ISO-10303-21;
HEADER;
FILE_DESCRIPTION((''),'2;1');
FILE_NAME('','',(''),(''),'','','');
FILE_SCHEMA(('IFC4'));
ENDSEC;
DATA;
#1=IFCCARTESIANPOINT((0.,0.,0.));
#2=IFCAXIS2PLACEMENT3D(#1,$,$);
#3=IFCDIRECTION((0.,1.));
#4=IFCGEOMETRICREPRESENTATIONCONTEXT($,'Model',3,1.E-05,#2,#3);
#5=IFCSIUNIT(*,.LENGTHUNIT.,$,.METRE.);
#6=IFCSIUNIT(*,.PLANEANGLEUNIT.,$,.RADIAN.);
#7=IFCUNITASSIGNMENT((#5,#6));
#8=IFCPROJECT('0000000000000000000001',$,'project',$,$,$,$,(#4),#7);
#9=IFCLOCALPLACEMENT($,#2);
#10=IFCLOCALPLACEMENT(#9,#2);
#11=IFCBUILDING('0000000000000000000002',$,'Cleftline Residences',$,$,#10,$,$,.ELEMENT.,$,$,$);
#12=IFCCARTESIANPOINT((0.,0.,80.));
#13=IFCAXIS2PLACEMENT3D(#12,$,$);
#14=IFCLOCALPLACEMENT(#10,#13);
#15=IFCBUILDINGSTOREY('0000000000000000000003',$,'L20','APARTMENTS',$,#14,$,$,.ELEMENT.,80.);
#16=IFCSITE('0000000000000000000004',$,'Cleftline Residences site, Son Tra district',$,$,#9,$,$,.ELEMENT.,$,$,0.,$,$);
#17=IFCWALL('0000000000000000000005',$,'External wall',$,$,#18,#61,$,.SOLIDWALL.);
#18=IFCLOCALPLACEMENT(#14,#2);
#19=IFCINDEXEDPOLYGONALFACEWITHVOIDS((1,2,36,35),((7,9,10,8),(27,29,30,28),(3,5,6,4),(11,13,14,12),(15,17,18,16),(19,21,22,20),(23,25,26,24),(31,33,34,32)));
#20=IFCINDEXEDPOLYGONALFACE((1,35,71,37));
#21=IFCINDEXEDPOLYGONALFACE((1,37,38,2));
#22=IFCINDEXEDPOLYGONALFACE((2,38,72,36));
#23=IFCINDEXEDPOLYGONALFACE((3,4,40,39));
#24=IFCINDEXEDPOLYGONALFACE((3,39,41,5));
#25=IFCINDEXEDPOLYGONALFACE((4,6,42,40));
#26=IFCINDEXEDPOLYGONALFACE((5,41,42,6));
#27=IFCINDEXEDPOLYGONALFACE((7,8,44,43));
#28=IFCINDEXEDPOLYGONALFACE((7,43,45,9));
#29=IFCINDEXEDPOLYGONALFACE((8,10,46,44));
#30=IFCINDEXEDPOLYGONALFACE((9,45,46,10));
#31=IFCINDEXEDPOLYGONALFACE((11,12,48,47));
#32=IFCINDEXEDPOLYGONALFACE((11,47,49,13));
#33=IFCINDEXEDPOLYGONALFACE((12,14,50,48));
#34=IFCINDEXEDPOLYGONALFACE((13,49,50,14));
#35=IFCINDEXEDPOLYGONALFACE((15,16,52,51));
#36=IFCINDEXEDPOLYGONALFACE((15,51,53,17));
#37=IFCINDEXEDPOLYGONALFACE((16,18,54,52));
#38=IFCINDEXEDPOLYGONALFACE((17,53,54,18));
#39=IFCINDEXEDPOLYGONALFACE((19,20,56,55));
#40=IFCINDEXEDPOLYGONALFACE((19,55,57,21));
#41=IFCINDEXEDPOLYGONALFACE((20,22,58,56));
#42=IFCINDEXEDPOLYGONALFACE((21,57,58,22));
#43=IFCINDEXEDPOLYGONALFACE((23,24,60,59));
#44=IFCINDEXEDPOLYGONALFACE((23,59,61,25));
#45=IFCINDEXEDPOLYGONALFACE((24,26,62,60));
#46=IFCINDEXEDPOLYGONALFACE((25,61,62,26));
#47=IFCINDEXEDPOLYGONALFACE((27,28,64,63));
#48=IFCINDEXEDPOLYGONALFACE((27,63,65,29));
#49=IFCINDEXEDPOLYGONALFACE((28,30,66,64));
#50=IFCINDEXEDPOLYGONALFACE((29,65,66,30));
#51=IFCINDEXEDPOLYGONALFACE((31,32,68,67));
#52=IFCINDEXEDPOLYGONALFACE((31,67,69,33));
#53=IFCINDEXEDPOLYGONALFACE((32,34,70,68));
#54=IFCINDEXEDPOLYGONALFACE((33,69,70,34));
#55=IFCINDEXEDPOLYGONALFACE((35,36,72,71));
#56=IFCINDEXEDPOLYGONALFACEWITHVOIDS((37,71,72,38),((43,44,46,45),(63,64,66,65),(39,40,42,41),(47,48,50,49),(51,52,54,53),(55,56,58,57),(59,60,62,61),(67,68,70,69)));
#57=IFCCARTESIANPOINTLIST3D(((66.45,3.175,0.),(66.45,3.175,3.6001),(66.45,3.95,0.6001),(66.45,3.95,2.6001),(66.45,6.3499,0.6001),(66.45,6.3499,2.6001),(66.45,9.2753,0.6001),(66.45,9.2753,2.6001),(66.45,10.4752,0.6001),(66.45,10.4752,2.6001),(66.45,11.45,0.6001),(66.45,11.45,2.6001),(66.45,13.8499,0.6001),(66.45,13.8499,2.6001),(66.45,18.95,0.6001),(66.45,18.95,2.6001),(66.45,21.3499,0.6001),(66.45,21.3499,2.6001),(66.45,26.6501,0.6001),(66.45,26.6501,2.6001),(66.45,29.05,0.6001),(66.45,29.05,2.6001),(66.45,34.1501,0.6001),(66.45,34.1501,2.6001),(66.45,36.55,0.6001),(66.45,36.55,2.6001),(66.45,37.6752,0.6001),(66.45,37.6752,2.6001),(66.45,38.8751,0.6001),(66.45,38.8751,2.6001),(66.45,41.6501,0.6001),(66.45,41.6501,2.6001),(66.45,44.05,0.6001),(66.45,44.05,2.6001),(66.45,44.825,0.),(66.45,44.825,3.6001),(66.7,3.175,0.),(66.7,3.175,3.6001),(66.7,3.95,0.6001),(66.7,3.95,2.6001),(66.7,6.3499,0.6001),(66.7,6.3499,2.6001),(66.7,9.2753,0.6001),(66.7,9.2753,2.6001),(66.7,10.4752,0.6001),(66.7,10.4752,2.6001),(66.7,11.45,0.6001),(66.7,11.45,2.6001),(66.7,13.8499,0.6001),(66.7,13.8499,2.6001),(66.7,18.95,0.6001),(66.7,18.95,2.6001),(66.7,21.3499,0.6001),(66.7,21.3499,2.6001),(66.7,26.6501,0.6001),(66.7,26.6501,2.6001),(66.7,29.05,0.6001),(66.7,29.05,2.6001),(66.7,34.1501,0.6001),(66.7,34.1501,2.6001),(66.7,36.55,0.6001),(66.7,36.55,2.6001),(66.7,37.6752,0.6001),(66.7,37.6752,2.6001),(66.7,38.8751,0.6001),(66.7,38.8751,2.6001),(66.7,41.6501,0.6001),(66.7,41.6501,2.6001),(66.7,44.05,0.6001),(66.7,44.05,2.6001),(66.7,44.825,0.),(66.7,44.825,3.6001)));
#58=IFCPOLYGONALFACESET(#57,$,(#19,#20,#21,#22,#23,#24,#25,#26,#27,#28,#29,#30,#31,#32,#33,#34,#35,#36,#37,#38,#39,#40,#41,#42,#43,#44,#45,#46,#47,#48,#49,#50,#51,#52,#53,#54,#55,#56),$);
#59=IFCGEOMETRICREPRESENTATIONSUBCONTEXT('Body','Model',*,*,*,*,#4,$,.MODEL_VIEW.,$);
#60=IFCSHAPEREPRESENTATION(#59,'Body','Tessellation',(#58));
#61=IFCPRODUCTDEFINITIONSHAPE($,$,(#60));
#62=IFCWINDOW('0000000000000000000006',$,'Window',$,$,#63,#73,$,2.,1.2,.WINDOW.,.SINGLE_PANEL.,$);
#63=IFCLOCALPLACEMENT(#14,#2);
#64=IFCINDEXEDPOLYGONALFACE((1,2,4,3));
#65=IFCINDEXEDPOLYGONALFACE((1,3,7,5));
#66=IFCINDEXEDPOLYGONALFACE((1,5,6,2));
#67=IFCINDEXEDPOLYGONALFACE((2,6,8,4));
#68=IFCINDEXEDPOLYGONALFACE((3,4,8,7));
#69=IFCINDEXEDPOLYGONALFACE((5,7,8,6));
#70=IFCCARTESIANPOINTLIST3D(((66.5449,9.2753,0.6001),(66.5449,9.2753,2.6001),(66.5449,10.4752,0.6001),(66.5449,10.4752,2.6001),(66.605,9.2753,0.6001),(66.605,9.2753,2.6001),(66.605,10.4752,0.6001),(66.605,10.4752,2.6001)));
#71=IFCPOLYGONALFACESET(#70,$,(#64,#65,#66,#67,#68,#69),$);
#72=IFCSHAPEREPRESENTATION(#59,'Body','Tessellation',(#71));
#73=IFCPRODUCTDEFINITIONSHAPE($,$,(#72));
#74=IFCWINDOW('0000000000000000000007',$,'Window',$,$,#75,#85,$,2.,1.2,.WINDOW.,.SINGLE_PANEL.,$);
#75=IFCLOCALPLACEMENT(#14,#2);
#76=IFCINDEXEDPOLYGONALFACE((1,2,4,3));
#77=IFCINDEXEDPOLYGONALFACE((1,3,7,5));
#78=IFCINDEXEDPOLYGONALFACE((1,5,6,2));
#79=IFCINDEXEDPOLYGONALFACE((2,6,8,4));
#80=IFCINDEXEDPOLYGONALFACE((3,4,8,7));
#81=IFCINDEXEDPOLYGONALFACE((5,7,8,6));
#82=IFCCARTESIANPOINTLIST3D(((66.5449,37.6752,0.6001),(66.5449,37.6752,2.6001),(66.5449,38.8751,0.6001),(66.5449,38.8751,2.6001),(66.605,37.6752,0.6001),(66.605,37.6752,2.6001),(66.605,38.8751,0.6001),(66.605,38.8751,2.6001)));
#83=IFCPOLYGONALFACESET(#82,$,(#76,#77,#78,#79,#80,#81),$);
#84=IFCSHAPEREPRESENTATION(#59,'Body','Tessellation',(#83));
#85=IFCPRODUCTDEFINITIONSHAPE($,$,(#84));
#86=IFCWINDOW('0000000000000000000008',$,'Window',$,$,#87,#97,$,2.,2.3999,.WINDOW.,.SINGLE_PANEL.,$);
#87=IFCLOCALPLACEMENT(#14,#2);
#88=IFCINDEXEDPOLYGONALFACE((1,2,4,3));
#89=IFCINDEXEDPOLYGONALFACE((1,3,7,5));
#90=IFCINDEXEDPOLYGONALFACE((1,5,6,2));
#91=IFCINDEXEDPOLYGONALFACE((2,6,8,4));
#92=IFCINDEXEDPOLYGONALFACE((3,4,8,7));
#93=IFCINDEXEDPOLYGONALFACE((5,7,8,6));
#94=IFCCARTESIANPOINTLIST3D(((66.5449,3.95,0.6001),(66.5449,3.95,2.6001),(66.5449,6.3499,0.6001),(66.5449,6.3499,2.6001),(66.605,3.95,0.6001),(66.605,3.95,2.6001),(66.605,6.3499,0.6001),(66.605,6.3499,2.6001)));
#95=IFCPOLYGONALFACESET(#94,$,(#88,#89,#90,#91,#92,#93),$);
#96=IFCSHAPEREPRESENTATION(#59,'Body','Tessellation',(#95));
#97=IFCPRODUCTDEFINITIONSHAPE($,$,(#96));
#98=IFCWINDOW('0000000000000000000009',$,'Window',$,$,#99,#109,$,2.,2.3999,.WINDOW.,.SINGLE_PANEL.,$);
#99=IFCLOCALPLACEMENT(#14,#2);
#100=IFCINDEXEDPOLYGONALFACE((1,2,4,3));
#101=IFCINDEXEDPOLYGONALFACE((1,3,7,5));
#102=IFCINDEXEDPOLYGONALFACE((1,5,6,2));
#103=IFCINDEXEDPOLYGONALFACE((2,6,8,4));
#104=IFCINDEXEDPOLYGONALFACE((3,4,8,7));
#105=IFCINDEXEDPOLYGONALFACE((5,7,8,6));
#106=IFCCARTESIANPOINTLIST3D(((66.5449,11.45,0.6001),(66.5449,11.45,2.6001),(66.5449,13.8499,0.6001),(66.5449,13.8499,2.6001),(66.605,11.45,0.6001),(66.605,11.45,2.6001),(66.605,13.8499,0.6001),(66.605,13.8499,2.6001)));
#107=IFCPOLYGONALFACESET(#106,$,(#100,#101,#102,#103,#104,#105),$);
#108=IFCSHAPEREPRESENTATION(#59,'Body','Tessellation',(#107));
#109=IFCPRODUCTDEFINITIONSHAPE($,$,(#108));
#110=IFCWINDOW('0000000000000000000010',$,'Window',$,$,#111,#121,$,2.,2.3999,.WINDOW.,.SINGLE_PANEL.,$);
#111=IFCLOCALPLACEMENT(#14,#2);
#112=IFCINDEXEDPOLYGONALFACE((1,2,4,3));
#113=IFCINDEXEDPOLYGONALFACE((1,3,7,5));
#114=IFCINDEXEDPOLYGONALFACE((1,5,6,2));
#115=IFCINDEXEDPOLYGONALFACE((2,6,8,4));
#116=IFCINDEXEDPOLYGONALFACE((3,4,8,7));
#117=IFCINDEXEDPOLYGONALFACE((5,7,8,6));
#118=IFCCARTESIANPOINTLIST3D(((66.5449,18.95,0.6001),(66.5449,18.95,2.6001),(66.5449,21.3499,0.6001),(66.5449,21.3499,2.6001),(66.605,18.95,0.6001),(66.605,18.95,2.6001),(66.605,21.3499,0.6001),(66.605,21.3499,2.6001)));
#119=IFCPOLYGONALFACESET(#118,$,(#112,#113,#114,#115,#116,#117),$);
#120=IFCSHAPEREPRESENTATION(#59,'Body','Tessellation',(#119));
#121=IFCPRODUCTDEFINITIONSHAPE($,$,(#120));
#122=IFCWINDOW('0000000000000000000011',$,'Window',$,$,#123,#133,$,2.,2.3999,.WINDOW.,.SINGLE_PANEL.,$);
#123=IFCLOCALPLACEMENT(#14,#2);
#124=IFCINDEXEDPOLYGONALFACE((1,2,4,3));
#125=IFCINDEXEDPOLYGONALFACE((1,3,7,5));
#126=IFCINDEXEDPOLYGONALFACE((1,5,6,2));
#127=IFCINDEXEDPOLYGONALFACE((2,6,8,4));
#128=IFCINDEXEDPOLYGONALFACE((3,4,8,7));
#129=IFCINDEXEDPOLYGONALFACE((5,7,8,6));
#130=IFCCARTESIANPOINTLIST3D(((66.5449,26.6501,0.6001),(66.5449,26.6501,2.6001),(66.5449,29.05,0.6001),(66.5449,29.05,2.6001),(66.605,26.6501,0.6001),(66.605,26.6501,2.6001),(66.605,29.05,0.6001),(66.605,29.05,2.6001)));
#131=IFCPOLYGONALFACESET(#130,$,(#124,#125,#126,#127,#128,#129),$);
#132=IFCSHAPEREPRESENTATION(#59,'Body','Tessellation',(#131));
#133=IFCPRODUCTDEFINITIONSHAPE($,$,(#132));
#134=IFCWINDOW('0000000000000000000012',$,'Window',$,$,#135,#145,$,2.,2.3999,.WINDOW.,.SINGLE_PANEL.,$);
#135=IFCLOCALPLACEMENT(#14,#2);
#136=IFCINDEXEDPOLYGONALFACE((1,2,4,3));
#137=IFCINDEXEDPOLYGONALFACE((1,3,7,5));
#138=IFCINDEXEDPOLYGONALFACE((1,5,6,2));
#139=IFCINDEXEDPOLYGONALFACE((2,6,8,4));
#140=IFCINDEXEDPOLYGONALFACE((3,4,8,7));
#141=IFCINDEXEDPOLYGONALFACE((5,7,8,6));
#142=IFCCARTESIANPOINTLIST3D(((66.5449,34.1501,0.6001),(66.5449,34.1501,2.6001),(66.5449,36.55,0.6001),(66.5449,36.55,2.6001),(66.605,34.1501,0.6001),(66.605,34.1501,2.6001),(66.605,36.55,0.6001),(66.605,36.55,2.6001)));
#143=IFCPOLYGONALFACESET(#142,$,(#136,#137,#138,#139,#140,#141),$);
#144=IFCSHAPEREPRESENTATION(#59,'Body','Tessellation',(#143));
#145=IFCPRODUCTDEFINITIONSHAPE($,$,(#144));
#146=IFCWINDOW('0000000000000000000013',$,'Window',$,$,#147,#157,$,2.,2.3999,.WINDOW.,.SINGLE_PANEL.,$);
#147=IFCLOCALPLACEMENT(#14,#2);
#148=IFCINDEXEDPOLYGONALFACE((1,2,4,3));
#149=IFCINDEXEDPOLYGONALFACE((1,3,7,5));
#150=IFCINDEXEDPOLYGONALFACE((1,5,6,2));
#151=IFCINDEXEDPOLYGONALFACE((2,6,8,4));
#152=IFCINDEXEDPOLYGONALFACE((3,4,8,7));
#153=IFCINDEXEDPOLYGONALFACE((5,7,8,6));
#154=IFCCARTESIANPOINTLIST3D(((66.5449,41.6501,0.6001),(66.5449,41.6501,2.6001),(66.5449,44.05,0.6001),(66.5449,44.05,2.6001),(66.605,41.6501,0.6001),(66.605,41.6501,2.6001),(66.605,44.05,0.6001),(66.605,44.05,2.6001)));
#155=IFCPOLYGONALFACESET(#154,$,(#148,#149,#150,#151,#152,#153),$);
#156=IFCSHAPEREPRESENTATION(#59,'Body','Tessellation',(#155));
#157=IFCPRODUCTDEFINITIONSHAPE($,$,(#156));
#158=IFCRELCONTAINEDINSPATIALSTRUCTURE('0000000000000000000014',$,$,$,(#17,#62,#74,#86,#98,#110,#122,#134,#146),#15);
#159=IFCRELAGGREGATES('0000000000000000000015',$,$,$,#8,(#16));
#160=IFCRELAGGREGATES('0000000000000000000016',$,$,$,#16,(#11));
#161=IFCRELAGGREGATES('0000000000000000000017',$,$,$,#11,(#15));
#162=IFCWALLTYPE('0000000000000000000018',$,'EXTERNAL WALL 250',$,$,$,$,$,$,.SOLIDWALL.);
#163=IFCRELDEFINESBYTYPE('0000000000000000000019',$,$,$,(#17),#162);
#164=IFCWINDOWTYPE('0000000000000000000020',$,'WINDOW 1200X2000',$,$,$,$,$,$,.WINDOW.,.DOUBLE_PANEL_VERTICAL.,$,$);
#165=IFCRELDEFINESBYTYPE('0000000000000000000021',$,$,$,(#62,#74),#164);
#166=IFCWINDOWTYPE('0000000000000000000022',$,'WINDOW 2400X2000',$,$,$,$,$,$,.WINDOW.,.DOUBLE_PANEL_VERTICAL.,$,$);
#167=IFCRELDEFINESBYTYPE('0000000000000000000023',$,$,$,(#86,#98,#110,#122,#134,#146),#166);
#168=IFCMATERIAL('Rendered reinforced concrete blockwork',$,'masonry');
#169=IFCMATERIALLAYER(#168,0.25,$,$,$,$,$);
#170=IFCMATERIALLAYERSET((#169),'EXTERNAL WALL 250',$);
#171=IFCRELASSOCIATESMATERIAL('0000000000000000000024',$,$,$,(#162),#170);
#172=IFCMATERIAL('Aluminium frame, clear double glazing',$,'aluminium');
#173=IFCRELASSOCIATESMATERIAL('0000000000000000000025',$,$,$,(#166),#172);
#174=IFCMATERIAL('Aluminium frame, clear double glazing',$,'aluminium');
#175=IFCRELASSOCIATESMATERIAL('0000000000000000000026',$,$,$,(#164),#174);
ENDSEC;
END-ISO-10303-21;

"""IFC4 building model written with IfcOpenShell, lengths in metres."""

from ifc_helpers import new_model, si_unit, direction, frame, frame_2d, origin, place, context, subcontext, project, spatial, rectangle, extrude, material, layer, layer_set, type_object, element, fill, save


model = new_model("IFC4")

# Units and contexts
model_context = context("Model", 3, precision=1e-05, world=origin(), true_north=direction((0.0, 1.0)))
body_context = subcontext(model_context, "Body", "Model", "MODEL_VIEW")
ifc_project = project(units=[si_unit("LENGTHUNIT", "METRE"), si_unit("PLANEANGLEUNIT", "RADIAN")], contexts=[model_context])

# Site, building, storey
site_placement = place(None, origin())
site = spatial("IfcSite", under=ifc_project, at=site_placement, Name="Cleftline Residences site, Son Tra district", CompositionType="ELEMENT", RefElevation=0.0)
building_placement = place(site_placement, origin())
building = spatial("IfcBuilding", under=site, at=building_placement, Name="Cleftline Residences", CompositionType="ELEMENT")
storey_placement = place(building_placement, frame((0.0, 0.0, 80.0)))
storey = spatial("IfcBuildingStorey", under=building, at=storey_placement, Name="L20", Description="APARTMENTS", CompositionType="ELEMENT", Elevation=80.0)

# Shared definitions
ifc_material_1 = material(Name="Rendered reinforced concrete blockwork", Category="masonry")
ifc_layer_1 = layer(ifc_material_1, 0.25)
ifc_layer_set_1 = layer_set([ifc_layer_1], Name="EXTERNAL WALL 250")
wall_type = type_object("IfcWallType", Name="EXTERNAL WALL 250", PredefinedType="SOLIDWALL", material=ifc_layer_set_1)
ifc_material_2 = material(Name="Aluminium frame, clear double glazing", Category="aluminium")
window_type_1 = type_object("IfcWindowType", Name="WINDOW 2400X2000", PartitioningType="DOUBLE_PANEL_VERTICAL", PredefinedType="WINDOW", material=ifc_material_2)

# Wall, openings, windows
wall_1_placement = place(storey_placement, frame((66.575, 3.175, 0.0), z_axis=(0.0, 0.0, 1.0), x_axis=(0.0, 1.0, 0.0)))
wall_1 = element("IfcWall", 1, at=wall_1_placement, inside=storey, type_object=wall_type, Name="External wall", PredefinedType="SOLIDWALL", context=body_context, shape_type="SweptSolid", body=[
    extrude(rectangle(XDim=41.6499, YDim=0.25, at=frame_2d((20.825, 0.0))), origin(), (0.0, 0.0, 1.0), 3.6001),
])
opening_1_placement = place(wall_1_placement, frame((0.7749, 0.0, 0.6001)))
opening_1 = element("IfcOpeningElement", 2, at=opening_1_placement, cuts=wall_1, PredefinedType="OPENING", context=body_context, shape_type="SweptSolid", body=[
    extrude(rectangle(XDim=2.3999, YDim=2.0, at=frame_2d((1.2, 1.0))), frame((0.0, 0.135, 0.0), z_axis=(0.0, -1.0, 0.0), x_axis=(1.0, 0.0, 0.0)), (0.0, 0.0, 1.0), 0.27),
])
opening_2_placement = place(wall_1_placement, frame((6.1001, 0.0, 0.6001)))
opening_2 = element("IfcOpeningElement", 3, at=opening_2_placement, cuts=wall_1, PredefinedType="OPENING", context=body_context, shape_type="SweptSolid", body=[
    extrude(rectangle(XDim=1.2, YDim=2.0, at=frame_2d((0.6001, 1.0))), frame((0.0, 0.135, 0.0), z_axis=(0.0, -1.0, 0.0), x_axis=(1.0, 0.0, 0.0)), (0.0, 0.0, 1.0), 0.27),
])
opening_3_placement = place(wall_1_placement, frame((8.2749, 0.0, 0.6001)))
opening_3 = element("IfcOpeningElement", 4, at=opening_3_placement, cuts=wall_1, PredefinedType="OPENING", context=body_context, shape_type="SweptSolid", body=[
    extrude(rectangle(XDim=2.3999, YDim=2.0, at=frame_2d((1.2, 1.0))), frame((0.0, 0.135, 0.0), z_axis=(0.0, -1.0, 0.0), x_axis=(1.0, 0.0, 0.0)), (0.0, 0.0, 1.0), 0.27),
])
opening_4_placement = place(wall_1_placement, frame((15.7749, 0.0, 0.6001)))
opening_4 = element("IfcOpeningElement", 5, at=opening_4_placement, cuts=wall_1, PredefinedType="OPENING", context=body_context, shape_type="SweptSolid", body=[
    extrude(rectangle(XDim=2.3999, YDim=2.0, at=frame_2d((1.2, 1.0))), frame((0.0, 0.135, 0.0), z_axis=(0.0, -1.0, 0.0), x_axis=(1.0, 0.0, 0.0)), (0.0, 0.0, 1.0), 0.27),
])
opening_5_placement = place(wall_1_placement, frame((23.4751, 0.0, 0.6001)))
opening_5 = element("IfcOpeningElement", 6, at=opening_5_placement, cuts=wall_1, PredefinedType="OPENING", context=body_context, shape_type="SweptSolid", body=[
    extrude(rectangle(XDim=2.3999, YDim=2.0, at=frame_2d((1.2, 1.0))), frame((0.0, 0.135, 0.0), z_axis=(0.0, -1.0, 0.0), x_axis=(1.0, 0.0, 0.0)), (0.0, 0.0, 1.0), 0.27),
])
opening_6_placement = place(wall_1_placement, frame((30.9751, 0.0, 0.6001)))
opening_6 = element("IfcOpeningElement", 7, at=opening_6_placement, cuts=wall_1, PredefinedType="OPENING", context=body_context, shape_type="SweptSolid", body=[
    extrude(rectangle(XDim=2.3999, YDim=2.0, at=frame_2d((1.2, 1.0))), frame((0.0, 0.135, 0.0), z_axis=(0.0, -1.0, 0.0), x_axis=(1.0, 0.0, 0.0)), (0.0, 0.0, 1.0), 0.27),
])
opening_7_placement = place(wall_1_placement, frame((34.5, 0.0, 0.6001)))
opening_7 = element("IfcOpeningElement", 8, at=opening_7_placement, cuts=wall_1, PredefinedType="OPENING", context=body_context, shape_type="SweptSolid", body=[
    extrude(rectangle(XDim=1.2, YDim=2.0, at=frame_2d((0.6001, 1.0))), frame((0.0, 0.135, 0.0), z_axis=(0.0, -1.0, 0.0), x_axis=(1.0, 0.0, 0.0)), (0.0, 0.0, 1.0), 0.27),
])
opening_8_placement = place(wall_1_placement, frame((38.4751, 0.0, 0.6001)))
opening_8 = element("IfcOpeningElement", 9, at=opening_8_placement, cuts=wall_1, PredefinedType="OPENING", context=body_context, shape_type="SweptSolid", body=[
    extrude(rectangle(XDim=2.3999, YDim=2.0, at=frame_2d((1.2, 1.0))), frame((0.0, 0.135, 0.0), z_axis=(0.0, -1.0, 0.0), x_axis=(1.0, 0.0, 0.0)), (0.0, 0.0, 1.0), 0.27),
])
ifc_material_3 = material(Name="Aluminium frame, clear double glazing", Category="aluminium")
window_type_2 = type_object("IfcWindowType", Name="WINDOW 1200X2000", PartitioningType="DOUBLE_PANEL_VERTICAL", PredefinedType="WINDOW", material=ifc_material_3)
window_1_placement = place(opening_2_placement, origin())
window_1 = element("IfcWindow", 10, at=window_1_placement, inside=storey, type_object=window_type_2, Name="Window", OverallHeight=2.0, OverallWidth=1.2, PartitioningType="SINGLE_PANEL", PredefinedType="WINDOW", context=body_context, shape_type="SweptSolid", body=[
    extrude(rectangle(XDim=1.2, YDim=2.0, at=frame_2d((0.6001, 1.0))), frame((0.0, 0.03, 0.0), z_axis=(0.0, -1.0, 0.0), x_axis=(1.0, 0.0, 0.0)), (0.0, 0.0, 1.0), 0.0601),
])
fill(opening_2, window_1)
window_2_placement = place(opening_7_placement, origin())
window_2 = element("IfcWindow", 11, at=window_2_placement, inside=storey, type_object=window_type_2, Name="Window", OverallHeight=2.0, OverallWidth=1.2, PartitioningType="SINGLE_PANEL", PredefinedType="WINDOW", context=body_context, shape_type="SweptSolid", body=[
    extrude(rectangle(XDim=1.2, YDim=2.0, at=frame_2d((0.6001, 1.0))), frame((0.0, 0.03, 0.0), z_axis=(0.0, -1.0, 0.0), x_axis=(1.0, 0.0, 0.0)), (0.0, 0.0, 1.0), 0.0601),
])
fill(opening_7, window_2)
window_3_placement = place(opening_1_placement, origin())
window_3 = element("IfcWindow", 12, at=window_3_placement, inside=storey, type_object=window_type_1, Name="Window", OverallHeight=2.0, OverallWidth=2.3999, PartitioningType="SINGLE_PANEL", PredefinedType="WINDOW", context=body_context, shape_type="SweptSolid", body=[
    extrude(rectangle(XDim=2.3999, YDim=2.0, at=frame_2d((1.2, 1.0))), frame((0.0, 0.03, 0.0), z_axis=(0.0, -1.0, 0.0), x_axis=(1.0, 0.0, 0.0)), (0.0, 0.0, 1.0), 0.0601),
])
fill(opening_1, window_3)
window_4_placement = place(opening_3_placement, origin())
window_4 = element("IfcWindow", 13, at=window_4_placement, inside=storey, type_object=window_type_1, Name="Window", OverallHeight=2.0, OverallWidth=2.3999, PartitioningType="SINGLE_PANEL", PredefinedType="WINDOW", context=body_context, shape_type="SweptSolid", body=[
    extrude(rectangle(XDim=2.3999, YDim=2.0, at=frame_2d((1.2, 1.0))), frame((0.0, 0.03, 0.0), z_axis=(0.0, -1.0, 0.0), x_axis=(1.0, 0.0, 0.0)), (0.0, 0.0, 1.0), 0.0601),
])
fill(opening_3, window_4)
window_5_placement = place(opening_4_placement, origin())
window_5 = element("IfcWindow", 14, at=window_5_placement, inside=storey, type_object=window_type_1, Name="Window", OverallHeight=2.0, OverallWidth=2.3999, PartitioningType="SINGLE_PANEL", PredefinedType="WINDOW", context=body_context, shape_type="SweptSolid", body=[
    extrude(rectangle(XDim=2.3999, YDim=2.0, at=frame_2d((1.2, 1.0))), frame((0.0, 0.03, 0.0), z_axis=(0.0, -1.0, 0.0), x_axis=(1.0, 0.0, 0.0)), (0.0, 0.0, 1.0), 0.0601),
])
fill(opening_4, window_5)
window_6_placement = place(opening_5_placement, origin())
window_6 = element("IfcWindow", 15, at=window_6_placement, inside=storey, type_object=window_type_1, Name="Window", OverallHeight=2.0, OverallWidth=2.3999, PartitioningType="SINGLE_PANEL", PredefinedType="WINDOW", context=body_context, shape_type="SweptSolid", body=[
    extrude(rectangle(XDim=2.3999, YDim=2.0, at=frame_2d((1.2, 1.0))), frame((0.0, 0.03, 0.0), z_axis=(0.0, -1.0, 0.0), x_axis=(1.0, 0.0, 0.0)), (0.0, 0.0, 1.0), 0.0601),
])
fill(opening_5, window_6)
window_7_placement = place(opening_6_placement, origin())
window_7 = element("IfcWindow", 16, at=window_7_placement, inside=storey, type_object=window_type_1, Name="Window", OverallHeight=2.0, OverallWidth=2.3999, PartitioningType="SINGLE_PANEL", PredefinedType="WINDOW", context=body_context, shape_type="SweptSolid", body=[
    extrude(rectangle(XDim=2.3999, YDim=2.0, at=frame_2d((1.2, 1.0))), frame((0.0, 0.03, 0.0), z_axis=(0.0, -1.0, 0.0), x_axis=(1.0, 0.0, 0.0)), (0.0, 0.0, 1.0), 0.0601),
])
fill(opening_6, window_7)
window_8_placement = place(opening_8_placement, origin())
window_8 = element("IfcWindow", 17, at=window_8_placement, inside=storey, type_object=window_type_1, Name="Window", OverallHeight=2.0, OverallWidth=2.3999, PartitioningType="SINGLE_PANEL", PredefinedType="WINDOW", context=body_context, shape_type="SweptSolid", body=[
    extrude(rectangle(XDim=2.3999, YDim=2.0, at=frame_2d((1.2, 1.0))), frame((0.0, 0.03, 0.0), z_axis=(0.0, -1.0, 0.0), x_axis=(1.0, 0.0, 0.0)), (0.0, 0.0, 1.0), 0.0601),
])
fill(opening_8, window_8)

save(model, "model.ifc")
